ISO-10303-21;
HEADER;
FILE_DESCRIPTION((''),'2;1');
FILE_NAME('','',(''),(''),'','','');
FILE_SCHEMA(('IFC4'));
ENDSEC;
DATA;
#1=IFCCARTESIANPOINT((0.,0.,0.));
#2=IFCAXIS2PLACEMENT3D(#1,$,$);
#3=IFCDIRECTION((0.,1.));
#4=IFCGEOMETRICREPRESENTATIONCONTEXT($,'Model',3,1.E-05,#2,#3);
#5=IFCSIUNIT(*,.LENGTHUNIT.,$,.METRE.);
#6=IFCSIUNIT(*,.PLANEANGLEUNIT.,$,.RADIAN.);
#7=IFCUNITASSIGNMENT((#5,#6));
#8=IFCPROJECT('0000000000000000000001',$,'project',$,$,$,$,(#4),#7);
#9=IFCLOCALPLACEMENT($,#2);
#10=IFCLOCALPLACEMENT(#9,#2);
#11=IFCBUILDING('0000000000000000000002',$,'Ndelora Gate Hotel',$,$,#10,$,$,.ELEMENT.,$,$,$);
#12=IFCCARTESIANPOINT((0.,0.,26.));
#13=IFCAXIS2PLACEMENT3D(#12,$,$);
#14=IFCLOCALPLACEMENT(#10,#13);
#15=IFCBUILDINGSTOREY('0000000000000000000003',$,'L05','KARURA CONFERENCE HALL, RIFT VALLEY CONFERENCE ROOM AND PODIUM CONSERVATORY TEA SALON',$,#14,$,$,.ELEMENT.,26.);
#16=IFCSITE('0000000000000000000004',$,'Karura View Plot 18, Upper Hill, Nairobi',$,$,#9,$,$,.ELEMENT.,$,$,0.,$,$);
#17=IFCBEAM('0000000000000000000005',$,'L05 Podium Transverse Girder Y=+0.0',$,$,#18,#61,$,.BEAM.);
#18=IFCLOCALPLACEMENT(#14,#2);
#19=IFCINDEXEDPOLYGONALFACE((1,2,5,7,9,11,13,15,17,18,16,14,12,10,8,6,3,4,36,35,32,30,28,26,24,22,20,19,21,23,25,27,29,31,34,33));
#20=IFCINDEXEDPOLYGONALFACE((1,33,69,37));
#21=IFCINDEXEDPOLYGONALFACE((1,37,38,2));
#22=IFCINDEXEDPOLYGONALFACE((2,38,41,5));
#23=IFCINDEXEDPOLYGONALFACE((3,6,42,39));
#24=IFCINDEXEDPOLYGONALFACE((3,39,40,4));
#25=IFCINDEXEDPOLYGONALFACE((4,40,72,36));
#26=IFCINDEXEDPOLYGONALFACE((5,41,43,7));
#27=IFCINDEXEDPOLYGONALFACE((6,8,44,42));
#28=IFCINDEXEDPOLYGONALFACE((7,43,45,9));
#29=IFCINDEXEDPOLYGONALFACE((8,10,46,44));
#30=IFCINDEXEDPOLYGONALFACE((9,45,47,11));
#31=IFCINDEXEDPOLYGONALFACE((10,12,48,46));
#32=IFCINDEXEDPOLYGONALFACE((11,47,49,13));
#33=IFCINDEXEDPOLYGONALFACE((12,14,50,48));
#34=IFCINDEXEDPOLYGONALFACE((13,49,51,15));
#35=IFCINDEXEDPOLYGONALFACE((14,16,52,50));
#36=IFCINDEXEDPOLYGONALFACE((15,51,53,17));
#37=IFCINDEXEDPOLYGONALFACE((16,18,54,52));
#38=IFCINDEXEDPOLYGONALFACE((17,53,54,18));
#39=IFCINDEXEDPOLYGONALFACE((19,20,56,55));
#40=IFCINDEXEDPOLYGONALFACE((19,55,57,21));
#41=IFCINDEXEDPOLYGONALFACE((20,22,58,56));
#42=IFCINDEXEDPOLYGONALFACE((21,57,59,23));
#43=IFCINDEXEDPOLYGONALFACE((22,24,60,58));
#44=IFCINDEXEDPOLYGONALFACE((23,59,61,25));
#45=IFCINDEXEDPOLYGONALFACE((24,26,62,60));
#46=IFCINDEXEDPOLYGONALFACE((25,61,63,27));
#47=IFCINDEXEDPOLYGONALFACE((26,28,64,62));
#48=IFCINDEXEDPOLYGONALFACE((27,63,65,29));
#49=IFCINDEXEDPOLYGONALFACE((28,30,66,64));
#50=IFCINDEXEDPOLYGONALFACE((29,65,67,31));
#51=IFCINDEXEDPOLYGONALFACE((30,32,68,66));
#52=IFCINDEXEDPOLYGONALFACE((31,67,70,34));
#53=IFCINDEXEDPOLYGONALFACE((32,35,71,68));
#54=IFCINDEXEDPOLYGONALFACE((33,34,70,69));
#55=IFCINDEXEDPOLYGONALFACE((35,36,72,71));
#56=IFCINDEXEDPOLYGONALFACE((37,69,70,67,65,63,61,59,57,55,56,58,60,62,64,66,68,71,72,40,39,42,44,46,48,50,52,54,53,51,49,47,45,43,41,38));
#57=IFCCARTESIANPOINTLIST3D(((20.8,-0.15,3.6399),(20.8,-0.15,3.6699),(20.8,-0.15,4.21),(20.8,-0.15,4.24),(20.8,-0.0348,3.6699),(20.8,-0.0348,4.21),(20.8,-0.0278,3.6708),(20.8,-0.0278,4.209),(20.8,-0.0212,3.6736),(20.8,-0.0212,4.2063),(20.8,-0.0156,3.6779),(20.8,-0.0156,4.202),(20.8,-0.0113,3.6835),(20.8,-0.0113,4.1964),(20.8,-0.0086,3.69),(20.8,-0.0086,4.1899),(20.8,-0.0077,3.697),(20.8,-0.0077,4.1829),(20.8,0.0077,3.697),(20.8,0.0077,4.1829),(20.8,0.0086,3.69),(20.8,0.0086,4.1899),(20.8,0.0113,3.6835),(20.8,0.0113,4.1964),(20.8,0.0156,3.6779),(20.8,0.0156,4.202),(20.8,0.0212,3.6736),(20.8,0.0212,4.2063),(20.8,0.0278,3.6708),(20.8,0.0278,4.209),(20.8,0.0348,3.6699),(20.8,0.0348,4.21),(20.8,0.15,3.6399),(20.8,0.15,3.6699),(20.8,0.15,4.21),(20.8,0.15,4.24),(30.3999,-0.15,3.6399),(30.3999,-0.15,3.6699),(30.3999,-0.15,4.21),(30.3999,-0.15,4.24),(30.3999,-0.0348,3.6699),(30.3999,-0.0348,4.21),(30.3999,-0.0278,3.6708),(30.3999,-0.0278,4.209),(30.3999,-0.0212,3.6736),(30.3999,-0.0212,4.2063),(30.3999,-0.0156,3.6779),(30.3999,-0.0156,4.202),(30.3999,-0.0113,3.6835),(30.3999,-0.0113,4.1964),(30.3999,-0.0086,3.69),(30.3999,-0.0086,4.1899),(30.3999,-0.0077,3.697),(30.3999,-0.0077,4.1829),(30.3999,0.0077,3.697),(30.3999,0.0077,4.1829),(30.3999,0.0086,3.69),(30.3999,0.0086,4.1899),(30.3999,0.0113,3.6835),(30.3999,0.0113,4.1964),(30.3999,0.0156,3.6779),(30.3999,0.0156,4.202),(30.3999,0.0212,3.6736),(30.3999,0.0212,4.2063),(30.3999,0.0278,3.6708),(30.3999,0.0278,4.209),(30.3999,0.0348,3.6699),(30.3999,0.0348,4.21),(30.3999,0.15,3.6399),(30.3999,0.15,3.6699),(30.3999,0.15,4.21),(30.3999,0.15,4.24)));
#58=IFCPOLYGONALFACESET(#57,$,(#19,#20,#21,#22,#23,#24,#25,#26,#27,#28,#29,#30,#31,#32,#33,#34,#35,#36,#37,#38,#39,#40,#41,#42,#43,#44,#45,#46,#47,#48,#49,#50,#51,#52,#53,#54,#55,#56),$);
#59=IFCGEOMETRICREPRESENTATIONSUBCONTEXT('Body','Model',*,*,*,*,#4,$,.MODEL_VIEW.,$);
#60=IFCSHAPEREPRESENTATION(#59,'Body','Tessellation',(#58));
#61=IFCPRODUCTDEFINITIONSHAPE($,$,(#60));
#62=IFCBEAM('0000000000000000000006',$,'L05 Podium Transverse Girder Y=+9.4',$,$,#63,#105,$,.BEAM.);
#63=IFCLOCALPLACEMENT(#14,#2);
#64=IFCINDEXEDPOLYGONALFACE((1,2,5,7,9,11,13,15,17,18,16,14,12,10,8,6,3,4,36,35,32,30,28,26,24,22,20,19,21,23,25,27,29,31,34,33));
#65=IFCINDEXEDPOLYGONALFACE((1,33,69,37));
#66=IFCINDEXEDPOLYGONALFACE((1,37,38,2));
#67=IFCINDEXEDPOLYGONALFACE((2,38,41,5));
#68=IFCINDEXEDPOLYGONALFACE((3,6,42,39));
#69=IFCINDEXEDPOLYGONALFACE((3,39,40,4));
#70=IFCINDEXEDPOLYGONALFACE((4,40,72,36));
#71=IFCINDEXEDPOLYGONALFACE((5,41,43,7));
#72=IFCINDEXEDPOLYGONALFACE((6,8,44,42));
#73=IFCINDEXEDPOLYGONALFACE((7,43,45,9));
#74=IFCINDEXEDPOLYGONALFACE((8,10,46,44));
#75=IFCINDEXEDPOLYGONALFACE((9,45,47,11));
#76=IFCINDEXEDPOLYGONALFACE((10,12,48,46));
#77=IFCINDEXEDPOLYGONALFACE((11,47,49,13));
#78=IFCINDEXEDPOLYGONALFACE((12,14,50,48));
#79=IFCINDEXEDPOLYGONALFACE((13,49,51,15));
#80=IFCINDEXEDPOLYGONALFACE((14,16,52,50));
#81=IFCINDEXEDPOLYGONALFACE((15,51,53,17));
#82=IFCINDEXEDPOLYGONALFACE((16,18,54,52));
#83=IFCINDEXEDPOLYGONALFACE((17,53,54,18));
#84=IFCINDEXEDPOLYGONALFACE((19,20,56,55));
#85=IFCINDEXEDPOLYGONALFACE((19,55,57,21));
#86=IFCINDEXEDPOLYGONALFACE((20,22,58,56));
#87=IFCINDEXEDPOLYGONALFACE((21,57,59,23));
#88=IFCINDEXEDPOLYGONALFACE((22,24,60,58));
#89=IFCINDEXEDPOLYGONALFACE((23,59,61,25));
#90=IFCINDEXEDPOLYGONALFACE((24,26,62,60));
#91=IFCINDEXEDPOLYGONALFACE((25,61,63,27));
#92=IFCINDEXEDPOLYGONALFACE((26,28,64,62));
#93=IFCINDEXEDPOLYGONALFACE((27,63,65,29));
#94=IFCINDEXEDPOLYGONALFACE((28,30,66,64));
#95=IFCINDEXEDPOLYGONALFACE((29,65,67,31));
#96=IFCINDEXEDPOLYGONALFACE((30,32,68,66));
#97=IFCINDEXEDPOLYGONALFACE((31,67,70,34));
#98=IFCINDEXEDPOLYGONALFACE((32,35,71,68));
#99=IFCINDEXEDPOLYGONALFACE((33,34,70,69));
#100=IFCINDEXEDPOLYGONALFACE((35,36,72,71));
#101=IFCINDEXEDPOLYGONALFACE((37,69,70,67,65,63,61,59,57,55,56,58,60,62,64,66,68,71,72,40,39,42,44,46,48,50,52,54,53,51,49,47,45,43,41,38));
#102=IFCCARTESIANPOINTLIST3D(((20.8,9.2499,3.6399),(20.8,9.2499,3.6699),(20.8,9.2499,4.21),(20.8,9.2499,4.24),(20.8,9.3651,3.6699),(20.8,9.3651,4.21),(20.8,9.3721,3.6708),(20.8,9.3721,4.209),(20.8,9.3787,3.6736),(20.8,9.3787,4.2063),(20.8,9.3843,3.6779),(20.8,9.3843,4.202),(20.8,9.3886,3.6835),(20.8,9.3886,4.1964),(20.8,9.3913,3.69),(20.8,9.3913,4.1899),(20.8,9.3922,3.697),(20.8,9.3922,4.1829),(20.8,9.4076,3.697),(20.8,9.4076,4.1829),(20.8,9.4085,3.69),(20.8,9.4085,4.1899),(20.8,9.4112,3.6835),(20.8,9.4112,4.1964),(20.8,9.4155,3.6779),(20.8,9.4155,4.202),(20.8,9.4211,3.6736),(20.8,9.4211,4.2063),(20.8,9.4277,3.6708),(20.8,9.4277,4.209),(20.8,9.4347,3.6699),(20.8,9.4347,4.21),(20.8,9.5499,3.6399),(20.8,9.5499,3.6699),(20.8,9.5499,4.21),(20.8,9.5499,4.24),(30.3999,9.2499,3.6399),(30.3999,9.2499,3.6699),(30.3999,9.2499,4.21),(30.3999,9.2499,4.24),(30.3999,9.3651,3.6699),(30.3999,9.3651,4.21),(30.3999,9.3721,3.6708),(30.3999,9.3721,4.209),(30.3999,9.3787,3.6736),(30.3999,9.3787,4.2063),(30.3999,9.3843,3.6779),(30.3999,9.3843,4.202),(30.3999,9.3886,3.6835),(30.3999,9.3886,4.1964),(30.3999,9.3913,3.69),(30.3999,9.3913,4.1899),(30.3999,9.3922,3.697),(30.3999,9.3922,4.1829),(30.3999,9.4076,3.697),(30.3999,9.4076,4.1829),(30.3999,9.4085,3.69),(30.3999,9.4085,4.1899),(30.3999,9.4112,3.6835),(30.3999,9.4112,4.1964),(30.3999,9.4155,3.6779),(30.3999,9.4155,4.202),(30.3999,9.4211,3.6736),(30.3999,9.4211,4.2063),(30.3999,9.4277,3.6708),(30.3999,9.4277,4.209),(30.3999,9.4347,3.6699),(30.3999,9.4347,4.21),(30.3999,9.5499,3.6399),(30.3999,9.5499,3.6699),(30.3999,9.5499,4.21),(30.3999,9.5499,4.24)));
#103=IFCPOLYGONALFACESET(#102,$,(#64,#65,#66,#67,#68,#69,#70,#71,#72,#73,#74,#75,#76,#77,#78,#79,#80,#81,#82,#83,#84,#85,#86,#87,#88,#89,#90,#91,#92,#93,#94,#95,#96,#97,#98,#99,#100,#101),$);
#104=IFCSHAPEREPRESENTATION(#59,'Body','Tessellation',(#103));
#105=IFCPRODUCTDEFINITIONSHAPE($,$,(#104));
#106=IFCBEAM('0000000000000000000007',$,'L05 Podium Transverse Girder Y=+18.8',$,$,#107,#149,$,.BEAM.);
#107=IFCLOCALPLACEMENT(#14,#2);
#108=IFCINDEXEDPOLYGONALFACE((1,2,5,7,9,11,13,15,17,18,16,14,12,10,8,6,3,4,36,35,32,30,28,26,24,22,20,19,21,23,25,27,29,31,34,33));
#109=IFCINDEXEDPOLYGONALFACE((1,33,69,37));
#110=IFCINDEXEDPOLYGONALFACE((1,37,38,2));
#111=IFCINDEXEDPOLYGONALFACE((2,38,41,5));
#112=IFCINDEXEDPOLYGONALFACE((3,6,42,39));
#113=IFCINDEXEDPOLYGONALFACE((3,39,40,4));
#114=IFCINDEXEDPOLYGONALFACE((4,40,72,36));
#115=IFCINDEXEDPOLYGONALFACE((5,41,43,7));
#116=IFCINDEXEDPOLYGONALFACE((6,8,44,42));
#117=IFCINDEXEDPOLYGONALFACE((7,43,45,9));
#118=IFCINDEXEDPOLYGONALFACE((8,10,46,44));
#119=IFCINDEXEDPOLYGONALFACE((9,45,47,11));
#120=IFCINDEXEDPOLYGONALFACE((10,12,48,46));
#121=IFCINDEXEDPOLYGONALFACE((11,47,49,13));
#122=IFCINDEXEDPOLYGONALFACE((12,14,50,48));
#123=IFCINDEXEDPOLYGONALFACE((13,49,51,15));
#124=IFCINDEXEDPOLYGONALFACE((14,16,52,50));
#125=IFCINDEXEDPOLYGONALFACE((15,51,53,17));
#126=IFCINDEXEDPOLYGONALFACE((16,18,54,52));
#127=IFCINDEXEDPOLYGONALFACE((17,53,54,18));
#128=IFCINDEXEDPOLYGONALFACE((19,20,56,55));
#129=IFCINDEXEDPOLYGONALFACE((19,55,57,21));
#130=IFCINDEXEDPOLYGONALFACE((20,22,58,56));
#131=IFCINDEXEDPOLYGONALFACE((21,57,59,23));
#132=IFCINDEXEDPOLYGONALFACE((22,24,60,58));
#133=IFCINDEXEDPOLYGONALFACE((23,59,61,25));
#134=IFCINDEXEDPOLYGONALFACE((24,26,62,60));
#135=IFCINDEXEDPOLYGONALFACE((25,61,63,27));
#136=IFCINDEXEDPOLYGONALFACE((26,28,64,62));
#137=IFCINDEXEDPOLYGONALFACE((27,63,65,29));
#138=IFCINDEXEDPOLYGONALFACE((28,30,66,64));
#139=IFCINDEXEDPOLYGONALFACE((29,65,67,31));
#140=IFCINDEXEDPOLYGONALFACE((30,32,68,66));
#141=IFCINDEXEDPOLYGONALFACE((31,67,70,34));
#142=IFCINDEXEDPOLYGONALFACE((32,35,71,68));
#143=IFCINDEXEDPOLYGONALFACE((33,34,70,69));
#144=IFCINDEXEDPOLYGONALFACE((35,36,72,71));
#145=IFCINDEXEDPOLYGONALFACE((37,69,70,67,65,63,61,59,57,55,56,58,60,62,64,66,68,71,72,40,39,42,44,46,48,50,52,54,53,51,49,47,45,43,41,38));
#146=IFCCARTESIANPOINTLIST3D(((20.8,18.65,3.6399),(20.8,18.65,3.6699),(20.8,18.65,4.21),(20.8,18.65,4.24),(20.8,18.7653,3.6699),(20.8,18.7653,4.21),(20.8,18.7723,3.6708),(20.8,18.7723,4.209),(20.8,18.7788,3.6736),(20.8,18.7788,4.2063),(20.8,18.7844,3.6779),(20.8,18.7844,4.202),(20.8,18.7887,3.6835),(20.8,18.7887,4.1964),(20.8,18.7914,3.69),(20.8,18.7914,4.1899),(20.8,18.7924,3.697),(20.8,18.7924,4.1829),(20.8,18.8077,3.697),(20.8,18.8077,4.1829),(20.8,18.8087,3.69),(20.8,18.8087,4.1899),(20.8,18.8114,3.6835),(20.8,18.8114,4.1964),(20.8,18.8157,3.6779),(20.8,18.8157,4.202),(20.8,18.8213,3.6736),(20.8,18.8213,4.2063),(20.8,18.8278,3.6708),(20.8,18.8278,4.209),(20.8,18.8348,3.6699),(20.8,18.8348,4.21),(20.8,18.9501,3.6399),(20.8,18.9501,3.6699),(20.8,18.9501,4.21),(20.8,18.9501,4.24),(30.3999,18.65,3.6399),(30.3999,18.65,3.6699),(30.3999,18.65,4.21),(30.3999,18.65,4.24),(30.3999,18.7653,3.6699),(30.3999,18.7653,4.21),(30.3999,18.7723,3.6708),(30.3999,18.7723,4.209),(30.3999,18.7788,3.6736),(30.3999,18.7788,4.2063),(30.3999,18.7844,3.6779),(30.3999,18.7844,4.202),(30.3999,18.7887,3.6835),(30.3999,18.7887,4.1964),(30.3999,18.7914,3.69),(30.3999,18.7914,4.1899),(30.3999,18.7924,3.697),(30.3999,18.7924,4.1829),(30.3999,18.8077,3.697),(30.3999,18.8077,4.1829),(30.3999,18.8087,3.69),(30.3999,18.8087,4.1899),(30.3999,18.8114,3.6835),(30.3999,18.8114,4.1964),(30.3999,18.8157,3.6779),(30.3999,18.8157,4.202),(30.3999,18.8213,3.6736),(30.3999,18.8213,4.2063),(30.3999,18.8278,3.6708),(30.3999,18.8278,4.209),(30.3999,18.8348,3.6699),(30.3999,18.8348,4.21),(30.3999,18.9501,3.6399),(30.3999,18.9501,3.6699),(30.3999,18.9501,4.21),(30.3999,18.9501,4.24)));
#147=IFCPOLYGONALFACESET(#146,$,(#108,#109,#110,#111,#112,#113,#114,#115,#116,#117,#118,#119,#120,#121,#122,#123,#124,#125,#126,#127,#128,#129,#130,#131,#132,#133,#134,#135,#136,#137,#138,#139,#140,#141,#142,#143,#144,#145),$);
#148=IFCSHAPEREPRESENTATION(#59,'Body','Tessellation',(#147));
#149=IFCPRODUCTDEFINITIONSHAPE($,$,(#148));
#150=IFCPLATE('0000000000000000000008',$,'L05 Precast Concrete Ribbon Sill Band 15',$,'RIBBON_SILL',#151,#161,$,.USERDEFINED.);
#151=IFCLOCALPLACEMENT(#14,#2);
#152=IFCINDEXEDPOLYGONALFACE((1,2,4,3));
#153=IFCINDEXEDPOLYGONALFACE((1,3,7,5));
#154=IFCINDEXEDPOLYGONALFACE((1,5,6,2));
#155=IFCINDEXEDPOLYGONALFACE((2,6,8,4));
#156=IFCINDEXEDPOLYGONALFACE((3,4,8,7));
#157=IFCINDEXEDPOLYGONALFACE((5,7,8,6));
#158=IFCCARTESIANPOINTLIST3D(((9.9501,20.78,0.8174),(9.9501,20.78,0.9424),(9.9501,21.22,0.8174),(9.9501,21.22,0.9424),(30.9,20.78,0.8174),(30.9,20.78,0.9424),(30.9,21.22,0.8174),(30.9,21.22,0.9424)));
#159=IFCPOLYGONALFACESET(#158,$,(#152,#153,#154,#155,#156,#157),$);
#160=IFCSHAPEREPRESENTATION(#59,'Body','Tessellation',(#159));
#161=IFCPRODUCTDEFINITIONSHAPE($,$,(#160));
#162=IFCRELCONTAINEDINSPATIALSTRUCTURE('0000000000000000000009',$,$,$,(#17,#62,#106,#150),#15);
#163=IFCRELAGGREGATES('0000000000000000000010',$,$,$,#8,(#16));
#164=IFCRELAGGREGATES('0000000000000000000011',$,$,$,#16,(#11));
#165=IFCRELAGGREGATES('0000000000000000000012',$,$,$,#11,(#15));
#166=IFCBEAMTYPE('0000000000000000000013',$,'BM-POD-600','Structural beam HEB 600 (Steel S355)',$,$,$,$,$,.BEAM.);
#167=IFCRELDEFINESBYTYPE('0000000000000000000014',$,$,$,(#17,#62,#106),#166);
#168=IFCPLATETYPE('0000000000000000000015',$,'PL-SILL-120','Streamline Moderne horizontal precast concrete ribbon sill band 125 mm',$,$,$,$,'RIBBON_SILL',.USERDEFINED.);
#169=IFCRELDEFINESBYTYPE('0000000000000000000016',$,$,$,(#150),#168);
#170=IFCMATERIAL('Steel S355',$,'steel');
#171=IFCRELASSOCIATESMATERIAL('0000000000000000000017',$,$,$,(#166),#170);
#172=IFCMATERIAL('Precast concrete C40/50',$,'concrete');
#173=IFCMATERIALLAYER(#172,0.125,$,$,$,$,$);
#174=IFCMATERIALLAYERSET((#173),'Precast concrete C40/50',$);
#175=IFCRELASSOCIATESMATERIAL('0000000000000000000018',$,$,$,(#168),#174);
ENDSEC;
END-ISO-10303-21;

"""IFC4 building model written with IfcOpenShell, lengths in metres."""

from ifc_helpers import new_model, si_unit, direction, frame, origin, origin_2d, place, context, subcontext, project, spatial, rectangle, i_section, extrude, material, layer, layer_set, material_profile, profile_set, type_object, element, save


model = new_model("IFC4")

# Units and contexts
model_context = context("Model", 3, precision=1e-05, world=origin(), true_north=direction((0.0, 1.0)))
body_context = subcontext(model_context, "Body", "Model", "MODEL_VIEW")
ifc_project = project(units=[si_unit("LENGTHUNIT", "METRE"), si_unit("PLANEANGLEUNIT", "RADIAN")], contexts=[model_context])

# Site, building, storey
site_placement = place(None, origin())
site = spatial("IfcSite", under=ifc_project, at=site_placement, Name="Karura View Plot 18, Upper Hill, Nairobi", CompositionType="ELEMENT", RefElevation=0.0)
building_placement = place(site_placement, origin())
building = spatial("IfcBuilding", under=site, at=building_placement, Name="Ndelora Gate Hotel", CompositionType="ELEMENT")
storey_placement = place(building_placement, frame((0.0, 0.0, 26.0)))
storey = spatial("IfcBuildingStorey", under=building, at=storey_placement, Name="L05", Description="KARURA CONFERENCE HALL, RIFT VALLEY CONFERENCE ROOM AND PODIUM CONSERVATORY TEA SALON", CompositionType="ELEMENT", Elevation=26.0)

# Beams
ifc_material_1 = material(Name="Steel S355", Category="steel")
ifc_material_profile_1 = material_profile(ifc_material_1, i_section(OverallWidth=0.3, OverallDepth=0.6001, WebThickness=0.0154, FlangeThickness=0.03, FilletRadius=0.0271, at=origin_2d()), Name="HEB 600")
ifc_profile_set_1 = profile_set([ifc_material_profile_1], Name="Steel S355")
beam_type_1 = type_object("IfcBeamType", Name="BM-POD-600", Description="Structural beam HEB 600 (Steel S355)", PredefinedType="BEAM", material=ifc_profile_set_1)
for number, where, z_axis, x_axis, name in (
    (1, (20.8, 0.0, 3.9399), (1.0, 0.0, 0.0), (0.0, 1.0, 0.0), "L05 Podium Transverse Girder Y=+0.0"),
    (2, (20.8, 9.3999, 3.9399), (1.0, 0.0, 0.0), (0.0, 1.0, 0.0), "L05 Podium Transverse Girder Y=+9.4"),
    (3, (20.8, 18.8, 3.9399), (1.0, 0.0, 0.0), (0.0, 1.0, 0.0), "L05 Podium Transverse Girder Y=+18.8"),
):
    element("IfcBeam", number, at=place(storey_placement, frame(where, z_axis=z_axis, x_axis=x_axis)), inside=storey, type_object=beam_type_1, Name=name, PredefinedType="BEAM", context=body_context, shape_type="SweptSolid", body=[
        extrude(i_section(OverallWidth=0.3, OverallDepth=0.6001, WebThickness=0.0154, FlangeThickness=0.03, FilletRadius=0.0271, at=origin_2d()), origin(), (0.0, 0.0, 1.0), 9.5999),
    ])

# Plate
ifc_material_2 = material(Name="Precast concrete C40/50", Category="concrete")
ifc_layer = layer(ifc_material_2, 0.125)
ifc_layer_set = layer_set([ifc_layer], Name="Precast concrete C40/50")
plate_type = type_object("IfcPlateType", Name="PL-SILL-120", Description="Streamline Moderne horizontal precast concrete ribbon sill band 125 mm", ElementType="RIBBON_SILL", PredefinedType="USERDEFINED", material=ifc_layer_set)
plate_placement = place(storey_placement, frame((20.425, 21.0, 0.8174), z_axis=(0.0, 0.0, 1.0), x_axis=(1.0, 0.0, 0.0)))
element("IfcPlate", 4, at=plate_placement, inside=storey, type_object=plate_type, Name="L05 Precast Concrete Ribbon Sill Band 15", ObjectType="RIBBON_SILL", PredefinedType="USERDEFINED", context=body_context, shape_type="SweptSolid", body=[
    extrude(rectangle(XDim=20.95, YDim=0.4399, at=origin_2d()), origin(), (0.0, 0.0, 1.0), 0.125),
])

save(model, "model.ifc")
